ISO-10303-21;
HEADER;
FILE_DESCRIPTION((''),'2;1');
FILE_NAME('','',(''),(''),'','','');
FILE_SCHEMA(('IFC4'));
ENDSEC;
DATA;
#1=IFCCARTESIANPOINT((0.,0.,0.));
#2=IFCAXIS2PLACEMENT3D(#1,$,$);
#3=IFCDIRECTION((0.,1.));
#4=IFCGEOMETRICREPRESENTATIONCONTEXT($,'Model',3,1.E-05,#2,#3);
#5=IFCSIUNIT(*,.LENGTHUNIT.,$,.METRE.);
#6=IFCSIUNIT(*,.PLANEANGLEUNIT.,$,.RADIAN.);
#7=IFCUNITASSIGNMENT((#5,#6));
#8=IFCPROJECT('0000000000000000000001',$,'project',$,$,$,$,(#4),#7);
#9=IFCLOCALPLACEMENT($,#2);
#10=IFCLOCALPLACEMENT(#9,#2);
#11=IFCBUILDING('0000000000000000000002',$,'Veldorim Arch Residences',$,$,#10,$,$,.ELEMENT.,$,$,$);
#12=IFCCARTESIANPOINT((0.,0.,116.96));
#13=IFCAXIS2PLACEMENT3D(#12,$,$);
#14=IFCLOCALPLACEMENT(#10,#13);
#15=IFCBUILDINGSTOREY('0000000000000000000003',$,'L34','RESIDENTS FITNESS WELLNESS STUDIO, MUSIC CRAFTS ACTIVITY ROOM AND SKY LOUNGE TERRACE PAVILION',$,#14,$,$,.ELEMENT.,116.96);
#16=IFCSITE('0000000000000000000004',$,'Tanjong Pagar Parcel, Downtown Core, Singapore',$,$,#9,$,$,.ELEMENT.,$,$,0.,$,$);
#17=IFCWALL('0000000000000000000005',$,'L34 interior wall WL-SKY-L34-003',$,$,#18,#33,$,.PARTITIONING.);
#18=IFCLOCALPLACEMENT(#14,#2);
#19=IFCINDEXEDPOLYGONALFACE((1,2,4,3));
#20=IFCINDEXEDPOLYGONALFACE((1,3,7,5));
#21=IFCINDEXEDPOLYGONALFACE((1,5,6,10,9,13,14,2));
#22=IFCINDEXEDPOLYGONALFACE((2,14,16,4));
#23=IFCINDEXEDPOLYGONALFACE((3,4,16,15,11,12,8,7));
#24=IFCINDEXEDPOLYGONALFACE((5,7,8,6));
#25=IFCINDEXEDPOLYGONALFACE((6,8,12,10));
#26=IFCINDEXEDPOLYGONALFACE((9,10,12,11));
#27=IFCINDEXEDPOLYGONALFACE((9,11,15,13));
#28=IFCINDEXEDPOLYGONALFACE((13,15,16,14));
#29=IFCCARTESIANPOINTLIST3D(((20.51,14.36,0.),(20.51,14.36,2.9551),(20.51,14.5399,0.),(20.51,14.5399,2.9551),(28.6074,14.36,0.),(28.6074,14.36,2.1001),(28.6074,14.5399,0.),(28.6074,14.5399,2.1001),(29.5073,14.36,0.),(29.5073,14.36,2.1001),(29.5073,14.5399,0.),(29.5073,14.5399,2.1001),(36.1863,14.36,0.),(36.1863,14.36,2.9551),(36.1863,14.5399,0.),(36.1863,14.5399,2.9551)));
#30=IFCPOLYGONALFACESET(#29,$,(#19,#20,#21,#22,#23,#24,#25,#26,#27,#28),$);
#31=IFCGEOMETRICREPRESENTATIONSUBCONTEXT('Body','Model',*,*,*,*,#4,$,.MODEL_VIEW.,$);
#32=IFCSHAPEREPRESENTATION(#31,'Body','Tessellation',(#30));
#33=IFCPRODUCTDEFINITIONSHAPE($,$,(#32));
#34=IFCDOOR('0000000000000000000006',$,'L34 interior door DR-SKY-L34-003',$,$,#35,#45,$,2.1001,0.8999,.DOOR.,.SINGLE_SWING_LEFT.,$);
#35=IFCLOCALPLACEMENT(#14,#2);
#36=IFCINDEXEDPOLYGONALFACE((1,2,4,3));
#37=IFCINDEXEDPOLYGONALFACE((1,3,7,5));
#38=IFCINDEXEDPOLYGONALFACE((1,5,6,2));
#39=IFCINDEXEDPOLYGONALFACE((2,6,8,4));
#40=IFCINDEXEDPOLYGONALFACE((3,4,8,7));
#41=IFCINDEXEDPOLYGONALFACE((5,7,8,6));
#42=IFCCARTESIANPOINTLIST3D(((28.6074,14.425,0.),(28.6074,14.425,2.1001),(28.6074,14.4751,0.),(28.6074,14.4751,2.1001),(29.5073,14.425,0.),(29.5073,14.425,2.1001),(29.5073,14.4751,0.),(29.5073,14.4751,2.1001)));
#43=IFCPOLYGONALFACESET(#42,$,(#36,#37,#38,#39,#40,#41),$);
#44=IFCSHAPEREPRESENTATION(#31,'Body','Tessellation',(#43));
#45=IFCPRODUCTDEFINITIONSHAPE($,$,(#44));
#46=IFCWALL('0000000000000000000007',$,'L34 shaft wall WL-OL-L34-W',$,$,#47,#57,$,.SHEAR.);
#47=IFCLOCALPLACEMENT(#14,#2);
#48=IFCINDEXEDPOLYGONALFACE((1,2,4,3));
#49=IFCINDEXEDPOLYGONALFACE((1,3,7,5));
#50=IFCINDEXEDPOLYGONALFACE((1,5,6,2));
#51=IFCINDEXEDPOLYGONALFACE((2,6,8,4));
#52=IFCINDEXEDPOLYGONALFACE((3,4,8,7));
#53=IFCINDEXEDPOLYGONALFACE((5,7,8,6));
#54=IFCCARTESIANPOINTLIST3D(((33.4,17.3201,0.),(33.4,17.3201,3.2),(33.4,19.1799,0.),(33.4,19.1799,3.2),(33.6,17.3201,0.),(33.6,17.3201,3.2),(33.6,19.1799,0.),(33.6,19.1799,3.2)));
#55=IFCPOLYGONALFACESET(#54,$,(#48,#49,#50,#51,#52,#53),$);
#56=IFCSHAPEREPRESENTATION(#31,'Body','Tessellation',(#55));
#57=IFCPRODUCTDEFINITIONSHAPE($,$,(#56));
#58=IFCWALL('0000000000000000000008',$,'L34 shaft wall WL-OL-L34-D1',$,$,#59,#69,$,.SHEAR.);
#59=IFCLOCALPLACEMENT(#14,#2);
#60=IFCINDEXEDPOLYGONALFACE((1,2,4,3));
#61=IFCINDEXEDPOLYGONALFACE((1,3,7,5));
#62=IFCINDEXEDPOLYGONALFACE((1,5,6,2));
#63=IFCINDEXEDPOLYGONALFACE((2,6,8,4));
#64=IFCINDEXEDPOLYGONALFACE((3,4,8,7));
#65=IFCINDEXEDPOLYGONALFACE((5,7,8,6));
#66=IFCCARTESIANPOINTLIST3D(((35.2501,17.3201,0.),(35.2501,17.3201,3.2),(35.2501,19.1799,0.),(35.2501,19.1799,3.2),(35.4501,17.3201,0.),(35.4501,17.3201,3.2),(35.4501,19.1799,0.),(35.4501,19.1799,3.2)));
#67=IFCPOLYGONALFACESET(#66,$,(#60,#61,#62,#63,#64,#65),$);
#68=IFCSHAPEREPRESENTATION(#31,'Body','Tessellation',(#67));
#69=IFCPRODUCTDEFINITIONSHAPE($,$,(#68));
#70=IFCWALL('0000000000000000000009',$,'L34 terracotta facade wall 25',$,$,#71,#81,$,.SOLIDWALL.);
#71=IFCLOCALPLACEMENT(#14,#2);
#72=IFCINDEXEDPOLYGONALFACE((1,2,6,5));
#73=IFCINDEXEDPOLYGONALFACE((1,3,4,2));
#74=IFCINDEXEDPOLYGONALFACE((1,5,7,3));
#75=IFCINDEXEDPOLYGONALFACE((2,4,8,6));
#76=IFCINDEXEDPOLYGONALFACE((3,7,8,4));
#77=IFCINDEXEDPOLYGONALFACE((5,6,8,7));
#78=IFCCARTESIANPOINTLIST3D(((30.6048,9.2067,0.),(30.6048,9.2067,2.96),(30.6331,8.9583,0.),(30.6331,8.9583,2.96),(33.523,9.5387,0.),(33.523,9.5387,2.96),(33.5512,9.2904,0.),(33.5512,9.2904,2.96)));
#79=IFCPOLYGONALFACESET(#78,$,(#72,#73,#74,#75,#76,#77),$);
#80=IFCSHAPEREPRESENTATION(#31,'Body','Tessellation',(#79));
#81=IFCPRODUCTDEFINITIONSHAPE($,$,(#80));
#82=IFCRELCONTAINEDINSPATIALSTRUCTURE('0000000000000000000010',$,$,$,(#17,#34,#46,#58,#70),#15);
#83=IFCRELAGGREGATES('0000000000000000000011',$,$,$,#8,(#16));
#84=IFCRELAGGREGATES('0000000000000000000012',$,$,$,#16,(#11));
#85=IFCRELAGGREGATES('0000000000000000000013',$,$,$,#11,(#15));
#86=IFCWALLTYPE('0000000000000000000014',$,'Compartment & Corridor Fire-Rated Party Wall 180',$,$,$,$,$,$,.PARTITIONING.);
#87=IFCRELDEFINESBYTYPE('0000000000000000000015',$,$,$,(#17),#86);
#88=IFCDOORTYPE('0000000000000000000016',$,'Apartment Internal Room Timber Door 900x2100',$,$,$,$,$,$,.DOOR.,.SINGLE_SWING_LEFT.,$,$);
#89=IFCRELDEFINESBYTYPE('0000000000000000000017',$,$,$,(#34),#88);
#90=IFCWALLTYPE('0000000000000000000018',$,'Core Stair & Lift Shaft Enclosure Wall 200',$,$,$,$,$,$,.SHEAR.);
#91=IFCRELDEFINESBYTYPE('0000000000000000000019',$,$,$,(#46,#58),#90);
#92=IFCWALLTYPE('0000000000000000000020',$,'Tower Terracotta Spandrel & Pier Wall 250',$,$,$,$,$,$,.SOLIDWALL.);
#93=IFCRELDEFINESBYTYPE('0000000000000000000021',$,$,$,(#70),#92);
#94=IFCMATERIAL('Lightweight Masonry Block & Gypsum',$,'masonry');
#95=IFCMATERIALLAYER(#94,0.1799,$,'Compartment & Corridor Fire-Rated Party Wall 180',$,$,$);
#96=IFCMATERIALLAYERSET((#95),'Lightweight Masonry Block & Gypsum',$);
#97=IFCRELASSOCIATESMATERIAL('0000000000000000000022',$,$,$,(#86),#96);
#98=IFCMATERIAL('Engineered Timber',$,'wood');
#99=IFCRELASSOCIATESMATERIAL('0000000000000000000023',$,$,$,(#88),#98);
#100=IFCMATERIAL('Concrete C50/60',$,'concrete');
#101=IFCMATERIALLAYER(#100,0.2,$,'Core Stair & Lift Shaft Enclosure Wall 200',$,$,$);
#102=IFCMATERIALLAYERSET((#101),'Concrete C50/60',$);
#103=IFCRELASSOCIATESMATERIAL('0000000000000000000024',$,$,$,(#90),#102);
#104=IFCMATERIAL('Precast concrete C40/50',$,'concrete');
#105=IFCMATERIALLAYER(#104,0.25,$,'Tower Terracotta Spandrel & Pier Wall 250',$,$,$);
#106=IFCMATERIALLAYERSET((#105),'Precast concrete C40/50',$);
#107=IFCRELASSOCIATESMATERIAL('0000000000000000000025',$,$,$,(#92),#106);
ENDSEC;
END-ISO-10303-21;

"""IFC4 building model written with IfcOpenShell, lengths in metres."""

from ifc_helpers import new_model, si_unit, direction, frame, frame_2d, origin, place, context, subcontext, project, spatial, rectangle, extrude, material, layer, layer_set, type_object, element, fill, save


model = new_model("IFC4")

# Units and contexts
model_context = context("Model", 3, precision=1e-05, world=origin(), true_north=direction((0.0, 1.0)))
body_context = subcontext(model_context, "Body", "Model", "MODEL_VIEW")
ifc_project = project(units=[si_unit("LENGTHUNIT", "METRE"), si_unit("PLANEANGLEUNIT", "RADIAN")], contexts=[model_context])

# Site, building, storey
site_placement = place(None, origin())
site = spatial("IfcSite", under=ifc_project, at=site_placement, Name="Tanjong Pagar Parcel, Downtown Core, Singapore", CompositionType="ELEMENT", RefElevation=0.0)
building_placement = place(site_placement, origin())
building = spatial("IfcBuilding", under=site, at=building_placement, Name="Veldorim Arch Residences", CompositionType="ELEMENT")
storey_placement = place(building_placement, frame((0.0, 0.0, 116.96)))
storey = spatial("IfcBuildingStorey", under=building, at=storey_placement, Name="L34", Description="RESIDENTS FITNESS WELLNESS STUDIO, MUSIC CRAFTS ACTIVITY ROOM AND SKY LOUNGE TERRACE PAVILION", CompositionType="ELEMENT", Elevation=116.96)

# Wall, opening, door
ifc_material_1 = material(Name="Lightweight Masonry Block & Gypsum", Category="masonry")
ifc_layer_1 = layer(ifc_material_1, 0.1799, Name="Compartment & Corridor Fire-Rated Party Wall 180")
ifc_layer_set_1 = layer_set([ifc_layer_1], Name="Lightweight Masonry Block & Gypsum")
wall_type_1 = type_object("IfcWallType", Name="Compartment & Corridor Fire-Rated Party Wall 180", PredefinedType="PARTITIONING", material=ifc_layer_set_1)
wall_1_placement = place(storey_placement, frame((36.1863, 14.45, 0.0), z_axis=(0.0, 0.0, 1.0), x_axis=(-1.0, 0.0, 0.0)))
wall_1 = element("IfcWall", 1, at=wall_1_placement, inside=storey, type_object=wall_type_1, Name="L34 interior wall WL-SKY-L34-003", PredefinedType="PARTITIONING", context=body_context, shape_type="SweptSolid", body=[
    extrude(rectangle(XDim=15.6763, YDim=0.1799, at=frame_2d((7.8381, 0.0))), origin(), (0.0, 0.0, 1.0), 2.9551),
])
opening_placement = place(wall_1_placement, frame((6.679, 0.0, 0.0)))
opening = element("IfcOpeningElement", 2, at=opening_placement, cuts=wall_1, PredefinedType="OPENING", context=body_context, shape_type="SweptSolid", body=[
    extrude(rectangle(XDim=0.8999, YDim=2.1001, at=frame_2d((0.45, 1.05))), frame((0.0, 0.0999, 0.0), z_axis=(0.0, -1.0, 0.0), x_axis=(1.0, 0.0, 0.0)), (0.0, 0.0, 1.0), 0.2),
])
ifc_material_2 = material(Name="Engineered Timber", Category="wood")
door_type = type_object("IfcDoorType", Name="Apartment Internal Room Timber Door 900x2100", OperationType="SINGLE_SWING_LEFT", PredefinedType="DOOR", material=ifc_material_2)
door_placement = place(opening_placement, origin())
door = element("IfcDoor", 3, at=door_placement, inside=storey, type_object=door_type, Name="L34 interior door DR-SKY-L34-003", OperationType="SINGLE_SWING_LEFT", OverallHeight=2.1001, OverallWidth=0.8999, PredefinedType="DOOR", context=body_context, shape_type="SweptSolid", body=[
    extrude(rectangle(XDim=0.8999, YDim=2.1001, at=frame_2d((0.45, 1.05))), frame((0.0, 0.0249, 0.0), z_axis=(0.0, -1.0, 0.0), x_axis=(1.0, 0.0, 0.0)), (0.0, 0.0, 1.0), 0.05),
])
fill(opening, door)

# Walls
ifc_material_3 = material(Name="Concrete C50/60", Category="concrete")
ifc_layer_2 = layer(ifc_material_3, 0.2, Name="Core Stair & Lift Shaft Enclosure Wall 200")
ifc_layer_set_2 = layer_set([ifc_layer_2], Name="Concrete C50/60")
wall_type_2 = type_object("IfcWallType", Name="Core Stair & Lift Shaft Enclosure Wall 200", PredefinedType="SHEAR", material=ifc_layer_set_2)
for number, where, z_axis, x_axis, name in (
    (4, (33.5, 17.3201, 0.0), (0.0, 0.0, 1.0), (0.0, 1.0, 0.0), "L34 shaft wall WL-OL-L34-W"),
    (5, (35.3501, 17.3201, 0.0), (0.0, 0.0, 1.0), (0.0, 1.0, 0.0), "L34 shaft wall WL-OL-L34-D1"),
):
    element("IfcWall", number, at=place(storey_placement, frame(where, z_axis=z_axis, x_axis=x_axis)), inside=storey, type_object=wall_type_2, Name=name, PredefinedType="SHEAR", context=body_context, shape_type="SweptSolid", body=[
        extrude(rectangle(XDim=1.8599, YDim=0.2, at=frame_2d((0.9299, 0.0))), origin(), (0.0, 0.0, 1.0), 3.2),
    ])
ifc_material_4 = material(Name="Precast concrete C40/50", Category="concrete")
ifc_layer_3 = layer(ifc_material_4, 0.25, Name="Tower Terracotta Spandrel & Pier Wall 250")
ifc_layer_set_3 = layer_set([ifc_layer_3], Name="Precast concrete C40/50")
wall_type_3 = type_object("IfcWallType", Name="Tower Terracotta Spandrel & Pier Wall 250", PredefinedType="SOLIDWALL", material=ifc_layer_set_3)
wall_2_placement = place(storey_placement, frame((33.5371, 9.4146, 0.0), z_axis=(0.0, 0.0, 1.0), x_axis=(-0.993589, -0.11305, 0.0)))
element("IfcWall", 6, at=wall_2_placement, inside=storey, type_object=wall_type_3, Name="L34 terracotta facade wall 25", PredefinedType="SOLIDWALL", context=body_context, shape_type="SweptSolid", body=[
    extrude(rectangle(XDim=2.937, YDim=0.25, at=frame_2d((1.4685, 0.0))), origin(), (0.0, 0.0, 1.0), 2.96),
])

save(model, "model.ifc")
